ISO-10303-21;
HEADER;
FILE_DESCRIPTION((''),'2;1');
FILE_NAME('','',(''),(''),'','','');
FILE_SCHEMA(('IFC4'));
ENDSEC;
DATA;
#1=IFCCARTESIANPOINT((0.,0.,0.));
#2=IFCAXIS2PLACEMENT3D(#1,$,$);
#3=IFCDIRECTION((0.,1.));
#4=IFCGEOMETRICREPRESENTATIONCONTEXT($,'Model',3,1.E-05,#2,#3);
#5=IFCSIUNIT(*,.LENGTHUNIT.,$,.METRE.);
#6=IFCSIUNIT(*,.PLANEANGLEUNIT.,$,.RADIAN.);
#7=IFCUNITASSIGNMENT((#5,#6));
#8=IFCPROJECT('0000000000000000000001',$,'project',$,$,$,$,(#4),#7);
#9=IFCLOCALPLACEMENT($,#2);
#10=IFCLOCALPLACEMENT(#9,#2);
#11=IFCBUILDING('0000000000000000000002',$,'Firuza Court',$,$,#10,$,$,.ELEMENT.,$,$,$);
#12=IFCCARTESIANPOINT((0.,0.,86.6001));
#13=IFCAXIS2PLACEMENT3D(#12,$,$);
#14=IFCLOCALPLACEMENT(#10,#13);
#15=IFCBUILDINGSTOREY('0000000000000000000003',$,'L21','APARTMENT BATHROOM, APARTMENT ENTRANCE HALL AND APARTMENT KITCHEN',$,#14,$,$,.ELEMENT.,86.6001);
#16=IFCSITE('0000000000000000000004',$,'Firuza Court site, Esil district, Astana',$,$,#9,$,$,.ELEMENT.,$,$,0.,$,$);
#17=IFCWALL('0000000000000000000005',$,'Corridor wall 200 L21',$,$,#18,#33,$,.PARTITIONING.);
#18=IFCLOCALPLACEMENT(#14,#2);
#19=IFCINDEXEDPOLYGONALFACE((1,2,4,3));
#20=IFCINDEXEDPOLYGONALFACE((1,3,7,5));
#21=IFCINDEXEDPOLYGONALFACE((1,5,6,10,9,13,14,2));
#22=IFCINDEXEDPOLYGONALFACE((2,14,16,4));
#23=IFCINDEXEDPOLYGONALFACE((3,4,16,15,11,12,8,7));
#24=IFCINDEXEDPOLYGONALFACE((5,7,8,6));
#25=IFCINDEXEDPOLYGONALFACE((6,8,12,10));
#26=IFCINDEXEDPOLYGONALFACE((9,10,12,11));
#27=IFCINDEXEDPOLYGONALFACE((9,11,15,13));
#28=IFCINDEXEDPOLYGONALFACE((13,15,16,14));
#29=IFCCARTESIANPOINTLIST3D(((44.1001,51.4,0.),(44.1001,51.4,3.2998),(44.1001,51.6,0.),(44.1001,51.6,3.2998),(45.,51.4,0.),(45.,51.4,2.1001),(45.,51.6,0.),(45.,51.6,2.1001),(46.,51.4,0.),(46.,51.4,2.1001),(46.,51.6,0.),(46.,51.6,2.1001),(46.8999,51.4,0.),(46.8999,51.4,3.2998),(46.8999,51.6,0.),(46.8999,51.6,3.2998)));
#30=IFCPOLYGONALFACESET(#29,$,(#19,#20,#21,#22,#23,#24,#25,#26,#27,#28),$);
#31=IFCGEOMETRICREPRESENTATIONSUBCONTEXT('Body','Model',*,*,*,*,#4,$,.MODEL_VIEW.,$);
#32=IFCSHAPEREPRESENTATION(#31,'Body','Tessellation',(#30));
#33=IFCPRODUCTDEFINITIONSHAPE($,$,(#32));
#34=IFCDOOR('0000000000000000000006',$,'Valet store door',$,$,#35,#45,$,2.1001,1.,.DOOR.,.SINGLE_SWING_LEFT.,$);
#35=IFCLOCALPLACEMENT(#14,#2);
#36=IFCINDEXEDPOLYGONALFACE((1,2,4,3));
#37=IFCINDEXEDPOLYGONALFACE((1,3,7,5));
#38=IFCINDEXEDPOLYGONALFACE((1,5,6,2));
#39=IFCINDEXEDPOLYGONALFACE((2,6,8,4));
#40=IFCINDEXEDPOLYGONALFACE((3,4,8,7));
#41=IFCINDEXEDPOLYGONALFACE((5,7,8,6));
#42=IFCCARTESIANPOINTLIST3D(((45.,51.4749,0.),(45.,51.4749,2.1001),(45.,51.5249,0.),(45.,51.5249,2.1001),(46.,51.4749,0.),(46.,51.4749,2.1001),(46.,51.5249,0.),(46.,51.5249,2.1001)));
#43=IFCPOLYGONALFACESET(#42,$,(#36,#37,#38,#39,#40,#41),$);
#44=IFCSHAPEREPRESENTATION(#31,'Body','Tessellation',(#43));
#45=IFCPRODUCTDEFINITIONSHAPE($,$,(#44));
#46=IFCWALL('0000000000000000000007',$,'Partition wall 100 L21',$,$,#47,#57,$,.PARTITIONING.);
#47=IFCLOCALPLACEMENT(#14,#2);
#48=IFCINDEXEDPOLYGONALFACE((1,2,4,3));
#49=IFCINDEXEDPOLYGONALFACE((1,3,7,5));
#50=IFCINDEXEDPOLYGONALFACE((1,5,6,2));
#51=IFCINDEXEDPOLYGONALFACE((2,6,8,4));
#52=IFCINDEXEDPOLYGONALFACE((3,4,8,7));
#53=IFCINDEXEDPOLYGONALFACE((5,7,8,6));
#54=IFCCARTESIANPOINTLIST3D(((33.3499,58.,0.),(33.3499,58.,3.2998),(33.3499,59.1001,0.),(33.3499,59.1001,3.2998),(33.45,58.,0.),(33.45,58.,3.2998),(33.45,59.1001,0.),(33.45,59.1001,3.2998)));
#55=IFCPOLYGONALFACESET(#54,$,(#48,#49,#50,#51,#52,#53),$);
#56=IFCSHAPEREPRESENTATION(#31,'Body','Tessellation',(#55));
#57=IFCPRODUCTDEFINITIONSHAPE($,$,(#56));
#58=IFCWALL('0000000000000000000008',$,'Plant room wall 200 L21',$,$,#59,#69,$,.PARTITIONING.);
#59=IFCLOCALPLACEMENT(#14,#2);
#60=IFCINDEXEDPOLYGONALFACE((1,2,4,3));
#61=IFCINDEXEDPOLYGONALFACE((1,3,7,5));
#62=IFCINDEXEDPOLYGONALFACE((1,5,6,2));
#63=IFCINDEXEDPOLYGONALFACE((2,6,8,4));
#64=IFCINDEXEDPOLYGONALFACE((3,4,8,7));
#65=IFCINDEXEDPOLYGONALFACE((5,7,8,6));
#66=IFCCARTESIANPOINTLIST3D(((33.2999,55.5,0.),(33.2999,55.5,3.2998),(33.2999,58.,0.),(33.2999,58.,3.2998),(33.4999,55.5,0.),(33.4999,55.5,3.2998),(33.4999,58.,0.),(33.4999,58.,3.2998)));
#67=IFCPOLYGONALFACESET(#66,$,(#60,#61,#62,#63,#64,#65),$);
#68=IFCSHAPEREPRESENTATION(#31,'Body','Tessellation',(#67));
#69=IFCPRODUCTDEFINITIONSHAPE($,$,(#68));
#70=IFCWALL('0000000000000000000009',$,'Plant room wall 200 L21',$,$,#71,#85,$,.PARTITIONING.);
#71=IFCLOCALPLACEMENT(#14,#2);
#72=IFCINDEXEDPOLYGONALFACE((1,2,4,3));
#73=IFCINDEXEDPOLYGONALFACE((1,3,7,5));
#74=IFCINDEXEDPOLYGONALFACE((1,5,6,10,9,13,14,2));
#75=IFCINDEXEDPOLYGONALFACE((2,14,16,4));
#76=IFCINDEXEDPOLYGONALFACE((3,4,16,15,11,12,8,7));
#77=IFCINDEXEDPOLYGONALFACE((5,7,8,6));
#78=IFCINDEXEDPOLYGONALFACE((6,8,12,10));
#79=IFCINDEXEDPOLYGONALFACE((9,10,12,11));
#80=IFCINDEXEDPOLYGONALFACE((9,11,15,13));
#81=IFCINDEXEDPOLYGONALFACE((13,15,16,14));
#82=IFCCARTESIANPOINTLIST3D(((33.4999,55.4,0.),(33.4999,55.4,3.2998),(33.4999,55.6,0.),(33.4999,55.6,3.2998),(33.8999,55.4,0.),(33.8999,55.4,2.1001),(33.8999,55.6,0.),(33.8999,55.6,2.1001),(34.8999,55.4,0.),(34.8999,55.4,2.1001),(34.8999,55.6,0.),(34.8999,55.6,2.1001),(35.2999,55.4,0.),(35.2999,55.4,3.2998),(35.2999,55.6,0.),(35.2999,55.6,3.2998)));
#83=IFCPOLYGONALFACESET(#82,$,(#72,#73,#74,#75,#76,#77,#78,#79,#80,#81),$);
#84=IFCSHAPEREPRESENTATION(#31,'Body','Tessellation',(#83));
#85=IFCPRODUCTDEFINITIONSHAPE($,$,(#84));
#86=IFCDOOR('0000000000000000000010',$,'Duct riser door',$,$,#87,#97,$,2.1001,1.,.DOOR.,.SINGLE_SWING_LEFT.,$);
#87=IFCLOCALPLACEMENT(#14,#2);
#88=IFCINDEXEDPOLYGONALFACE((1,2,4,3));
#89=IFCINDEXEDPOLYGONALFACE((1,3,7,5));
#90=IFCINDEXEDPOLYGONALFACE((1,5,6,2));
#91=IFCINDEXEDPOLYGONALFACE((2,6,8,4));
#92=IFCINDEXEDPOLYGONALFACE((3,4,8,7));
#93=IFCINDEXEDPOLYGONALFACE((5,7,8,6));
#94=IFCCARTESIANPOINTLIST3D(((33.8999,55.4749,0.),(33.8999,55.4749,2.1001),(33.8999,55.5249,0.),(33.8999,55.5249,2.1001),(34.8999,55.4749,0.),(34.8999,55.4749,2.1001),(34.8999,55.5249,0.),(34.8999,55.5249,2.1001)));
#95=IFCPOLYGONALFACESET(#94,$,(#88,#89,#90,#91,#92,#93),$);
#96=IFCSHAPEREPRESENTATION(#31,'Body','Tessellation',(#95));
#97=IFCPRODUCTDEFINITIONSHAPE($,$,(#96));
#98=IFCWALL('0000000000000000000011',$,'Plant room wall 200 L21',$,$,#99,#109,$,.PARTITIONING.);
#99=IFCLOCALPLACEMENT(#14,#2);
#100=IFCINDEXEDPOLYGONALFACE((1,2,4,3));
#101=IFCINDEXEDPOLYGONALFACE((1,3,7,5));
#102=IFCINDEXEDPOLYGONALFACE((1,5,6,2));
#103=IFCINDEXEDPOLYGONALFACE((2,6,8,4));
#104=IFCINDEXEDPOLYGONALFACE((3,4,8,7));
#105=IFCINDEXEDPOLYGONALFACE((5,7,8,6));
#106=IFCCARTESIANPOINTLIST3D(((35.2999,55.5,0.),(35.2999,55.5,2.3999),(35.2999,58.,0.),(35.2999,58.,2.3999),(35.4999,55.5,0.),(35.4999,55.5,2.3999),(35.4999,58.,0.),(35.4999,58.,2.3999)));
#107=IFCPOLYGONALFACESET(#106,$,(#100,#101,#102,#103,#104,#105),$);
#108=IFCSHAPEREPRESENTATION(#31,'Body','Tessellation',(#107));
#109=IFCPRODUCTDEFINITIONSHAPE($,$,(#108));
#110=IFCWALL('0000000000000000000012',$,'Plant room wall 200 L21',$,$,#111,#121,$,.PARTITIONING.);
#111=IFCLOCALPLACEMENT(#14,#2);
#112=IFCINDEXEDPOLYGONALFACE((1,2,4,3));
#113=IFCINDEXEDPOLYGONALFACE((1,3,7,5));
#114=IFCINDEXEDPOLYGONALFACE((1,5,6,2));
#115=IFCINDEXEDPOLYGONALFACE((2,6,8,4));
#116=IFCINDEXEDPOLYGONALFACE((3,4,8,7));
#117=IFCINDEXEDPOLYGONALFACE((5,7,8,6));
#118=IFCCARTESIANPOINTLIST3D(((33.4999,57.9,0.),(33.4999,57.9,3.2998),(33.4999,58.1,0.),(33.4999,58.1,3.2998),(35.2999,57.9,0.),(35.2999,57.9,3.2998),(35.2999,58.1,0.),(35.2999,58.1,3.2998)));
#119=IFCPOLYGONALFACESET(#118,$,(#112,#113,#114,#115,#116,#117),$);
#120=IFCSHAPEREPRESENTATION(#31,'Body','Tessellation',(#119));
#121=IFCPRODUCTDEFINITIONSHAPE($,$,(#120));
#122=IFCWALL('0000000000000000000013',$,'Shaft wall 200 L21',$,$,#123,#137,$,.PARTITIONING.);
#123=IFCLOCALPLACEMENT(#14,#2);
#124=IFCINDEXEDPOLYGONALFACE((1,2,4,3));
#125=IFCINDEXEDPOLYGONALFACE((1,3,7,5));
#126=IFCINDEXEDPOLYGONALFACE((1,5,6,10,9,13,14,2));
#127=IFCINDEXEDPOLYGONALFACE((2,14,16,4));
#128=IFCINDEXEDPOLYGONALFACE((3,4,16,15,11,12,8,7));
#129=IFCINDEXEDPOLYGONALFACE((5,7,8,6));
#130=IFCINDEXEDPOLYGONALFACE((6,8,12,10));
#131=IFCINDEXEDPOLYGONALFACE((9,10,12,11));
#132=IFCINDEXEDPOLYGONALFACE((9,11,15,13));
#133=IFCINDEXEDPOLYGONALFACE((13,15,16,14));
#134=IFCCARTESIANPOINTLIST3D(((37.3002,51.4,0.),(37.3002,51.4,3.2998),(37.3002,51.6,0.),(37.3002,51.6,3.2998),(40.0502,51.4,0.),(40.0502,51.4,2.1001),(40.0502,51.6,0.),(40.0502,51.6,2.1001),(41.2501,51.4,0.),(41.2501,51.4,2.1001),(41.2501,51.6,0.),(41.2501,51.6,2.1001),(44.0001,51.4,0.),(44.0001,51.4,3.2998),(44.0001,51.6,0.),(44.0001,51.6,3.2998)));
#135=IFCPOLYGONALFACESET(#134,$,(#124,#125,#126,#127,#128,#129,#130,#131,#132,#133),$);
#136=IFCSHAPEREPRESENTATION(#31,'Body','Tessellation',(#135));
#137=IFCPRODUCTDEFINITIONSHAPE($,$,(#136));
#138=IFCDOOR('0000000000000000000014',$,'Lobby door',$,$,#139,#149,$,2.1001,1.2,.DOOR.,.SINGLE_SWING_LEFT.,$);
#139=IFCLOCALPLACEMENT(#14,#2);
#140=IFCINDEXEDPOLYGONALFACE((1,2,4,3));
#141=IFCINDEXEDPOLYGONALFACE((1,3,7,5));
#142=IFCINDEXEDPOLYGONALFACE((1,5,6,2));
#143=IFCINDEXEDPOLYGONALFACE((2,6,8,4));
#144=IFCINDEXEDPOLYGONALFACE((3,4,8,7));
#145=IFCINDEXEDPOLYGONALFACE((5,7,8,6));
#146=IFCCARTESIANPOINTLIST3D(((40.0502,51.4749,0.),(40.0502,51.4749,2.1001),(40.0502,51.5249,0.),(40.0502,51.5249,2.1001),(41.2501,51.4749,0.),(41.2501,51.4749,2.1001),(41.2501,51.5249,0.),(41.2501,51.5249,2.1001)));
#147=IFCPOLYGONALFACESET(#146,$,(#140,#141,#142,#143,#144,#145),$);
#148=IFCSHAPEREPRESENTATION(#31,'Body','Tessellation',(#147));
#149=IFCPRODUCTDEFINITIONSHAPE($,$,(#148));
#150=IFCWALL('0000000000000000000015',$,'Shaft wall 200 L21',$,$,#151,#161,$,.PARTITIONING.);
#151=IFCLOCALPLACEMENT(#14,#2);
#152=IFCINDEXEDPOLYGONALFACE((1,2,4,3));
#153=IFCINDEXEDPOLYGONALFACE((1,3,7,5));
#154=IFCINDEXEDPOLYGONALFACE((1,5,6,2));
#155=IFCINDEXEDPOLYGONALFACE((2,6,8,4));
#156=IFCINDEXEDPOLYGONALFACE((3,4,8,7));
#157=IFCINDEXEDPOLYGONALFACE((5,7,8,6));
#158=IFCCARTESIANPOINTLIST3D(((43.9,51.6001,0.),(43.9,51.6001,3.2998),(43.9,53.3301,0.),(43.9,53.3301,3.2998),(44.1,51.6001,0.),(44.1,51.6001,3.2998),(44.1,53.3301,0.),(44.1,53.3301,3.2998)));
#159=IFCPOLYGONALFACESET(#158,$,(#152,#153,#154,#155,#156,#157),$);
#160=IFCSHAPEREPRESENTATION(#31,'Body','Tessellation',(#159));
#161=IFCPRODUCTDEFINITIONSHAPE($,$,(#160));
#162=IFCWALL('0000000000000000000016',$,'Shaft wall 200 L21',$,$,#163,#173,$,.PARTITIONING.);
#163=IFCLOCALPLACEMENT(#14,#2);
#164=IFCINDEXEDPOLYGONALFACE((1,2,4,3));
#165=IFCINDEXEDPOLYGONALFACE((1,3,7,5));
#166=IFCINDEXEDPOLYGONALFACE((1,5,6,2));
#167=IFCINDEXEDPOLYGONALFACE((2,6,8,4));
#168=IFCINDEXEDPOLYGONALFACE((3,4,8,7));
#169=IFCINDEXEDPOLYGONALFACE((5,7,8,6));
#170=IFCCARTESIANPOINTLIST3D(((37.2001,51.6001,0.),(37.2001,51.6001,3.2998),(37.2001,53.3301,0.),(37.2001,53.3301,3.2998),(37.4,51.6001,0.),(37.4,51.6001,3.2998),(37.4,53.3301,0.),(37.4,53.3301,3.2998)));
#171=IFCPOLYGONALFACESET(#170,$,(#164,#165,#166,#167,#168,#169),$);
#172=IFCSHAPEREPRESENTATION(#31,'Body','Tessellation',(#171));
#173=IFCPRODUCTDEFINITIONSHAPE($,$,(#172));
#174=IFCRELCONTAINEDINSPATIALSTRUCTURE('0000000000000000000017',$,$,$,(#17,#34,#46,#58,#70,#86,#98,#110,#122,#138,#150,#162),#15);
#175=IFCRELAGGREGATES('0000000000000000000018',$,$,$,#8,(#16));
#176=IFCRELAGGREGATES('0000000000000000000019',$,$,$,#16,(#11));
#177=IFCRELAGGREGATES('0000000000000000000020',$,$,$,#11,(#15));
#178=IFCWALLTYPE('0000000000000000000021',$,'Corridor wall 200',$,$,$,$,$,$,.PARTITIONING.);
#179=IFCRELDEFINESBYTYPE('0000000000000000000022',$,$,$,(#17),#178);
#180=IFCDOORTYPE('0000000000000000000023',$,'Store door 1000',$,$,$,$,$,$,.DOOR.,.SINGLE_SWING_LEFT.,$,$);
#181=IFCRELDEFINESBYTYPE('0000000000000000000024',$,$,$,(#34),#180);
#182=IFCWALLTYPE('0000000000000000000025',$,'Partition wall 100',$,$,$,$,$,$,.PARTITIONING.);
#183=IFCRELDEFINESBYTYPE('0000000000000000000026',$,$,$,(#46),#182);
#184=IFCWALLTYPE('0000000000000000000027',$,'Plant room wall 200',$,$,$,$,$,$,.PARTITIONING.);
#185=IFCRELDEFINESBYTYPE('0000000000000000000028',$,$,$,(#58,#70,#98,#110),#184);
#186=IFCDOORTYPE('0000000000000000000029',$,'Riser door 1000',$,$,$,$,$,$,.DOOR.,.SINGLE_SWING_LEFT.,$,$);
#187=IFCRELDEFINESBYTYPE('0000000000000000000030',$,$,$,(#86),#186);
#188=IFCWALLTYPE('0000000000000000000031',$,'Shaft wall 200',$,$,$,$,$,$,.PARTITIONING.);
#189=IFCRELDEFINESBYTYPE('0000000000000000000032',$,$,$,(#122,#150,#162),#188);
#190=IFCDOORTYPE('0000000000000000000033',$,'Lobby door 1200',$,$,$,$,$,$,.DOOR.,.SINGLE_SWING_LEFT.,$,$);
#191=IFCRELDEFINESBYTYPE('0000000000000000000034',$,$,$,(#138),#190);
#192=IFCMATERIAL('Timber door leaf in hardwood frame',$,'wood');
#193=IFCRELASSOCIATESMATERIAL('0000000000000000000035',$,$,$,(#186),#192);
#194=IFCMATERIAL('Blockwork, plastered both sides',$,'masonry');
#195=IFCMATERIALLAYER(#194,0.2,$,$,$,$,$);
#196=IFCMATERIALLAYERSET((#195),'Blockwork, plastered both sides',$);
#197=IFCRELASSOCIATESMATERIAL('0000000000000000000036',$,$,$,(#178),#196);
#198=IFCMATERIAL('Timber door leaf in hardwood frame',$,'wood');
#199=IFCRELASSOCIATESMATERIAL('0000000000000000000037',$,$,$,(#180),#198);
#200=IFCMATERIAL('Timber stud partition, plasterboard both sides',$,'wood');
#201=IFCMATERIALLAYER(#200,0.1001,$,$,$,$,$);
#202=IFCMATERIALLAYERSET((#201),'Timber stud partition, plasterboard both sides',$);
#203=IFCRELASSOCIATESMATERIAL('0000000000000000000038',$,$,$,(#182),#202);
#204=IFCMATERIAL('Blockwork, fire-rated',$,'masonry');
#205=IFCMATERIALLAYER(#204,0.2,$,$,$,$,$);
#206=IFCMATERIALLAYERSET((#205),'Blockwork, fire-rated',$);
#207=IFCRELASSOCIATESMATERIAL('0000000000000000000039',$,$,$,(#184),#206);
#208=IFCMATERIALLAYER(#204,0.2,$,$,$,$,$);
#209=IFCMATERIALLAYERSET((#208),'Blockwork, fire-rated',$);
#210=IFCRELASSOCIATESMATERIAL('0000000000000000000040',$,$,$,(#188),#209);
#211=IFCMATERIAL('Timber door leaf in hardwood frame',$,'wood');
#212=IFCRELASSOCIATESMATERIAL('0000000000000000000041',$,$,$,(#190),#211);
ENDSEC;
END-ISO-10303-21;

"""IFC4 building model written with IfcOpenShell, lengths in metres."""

from ifc_helpers import new_model, si_unit, direction, frame, frame_2d, origin, place, context, subcontext, project, spatial, rectangle, extrude, material, layer, layer_set, type_object, element, fill, save


model = new_model("IFC4")

# Units and contexts
model_context = context("Model", 3, precision=1e-05, world=origin(), true_north=direction((0.0, 1.0)))
body_context = subcontext(model_context, "Body", "Model", "MODEL_VIEW")
ifc_project = project(units=[si_unit("LENGTHUNIT", "METRE"), si_unit("PLANEANGLEUNIT", "RADIAN")], contexts=[model_context])

# Site, building, storey
site_placement = place(None, origin())
site = spatial("IfcSite", under=ifc_project, at=site_placement, Name="Firuza Court site, Esil district, Astana", CompositionType="ELEMENT", RefElevation=0.0)
building_placement = place(site_placement, origin())
building = spatial("IfcBuilding", under=site, at=building_placement, Name="Firuza Court", CompositionType="ELEMENT")
storey_placement = place(building_placement, frame((0.0, 0.0, 86.6001)))
storey = spatial("IfcBuildingStorey", under=building, at=storey_placement, Name="L21", Description="APARTMENT BATHROOM, APARTMENT ENTRANCE HALL AND APARTMENT KITCHEN", CompositionType="ELEMENT", Elevation=86.6001)

# Wall, opening, door
ifc_material_1 = material(Name="Timber door leaf in hardwood frame", Category="wood")
door_type_1 = type_object("IfcDoorType", Name="Riser door 1000", OperationType="SINGLE_SWING_LEFT", PredefinedType="DOOR", material=ifc_material_1)
ifc_material_2 = material(Name="Blockwork, plastered both sides", Category="masonry")
ifc_layer_1 = layer(ifc_material_2, 0.2)
ifc_layer_set_1 = layer_set([ifc_layer_1], Name="Blockwork, plastered both sides")
wall_type_1 = type_object("IfcWallType", Name="Corridor wall 200", PredefinedType="PARTITIONING", material=ifc_layer_set_1)
wall_1_placement = place(storey_placement, frame((44.1001, 51.5, 0.0), z_axis=(0.0, 0.0, 1.0), x_axis=(1.0, 0.0, 0.0)))
wall_1 = element("IfcWall", 1, at=wall_1_placement, inside=storey, type_object=wall_type_1, Name="Corridor wall 200 L21", PredefinedType="PARTITIONING", context=body_context, shape_type="SweptSolid", body=[
    extrude(rectangle(XDim=2.7998, YDim=0.2, at=frame_2d((1.3999, 0.0))), origin(), (0.0, 0.0, 1.0), 3.2998),
])
opening_1_placement = place(wall_1_placement, frame((0.8999, 0.0, 0.0)))
opening_1 = element("IfcOpeningElement", 2, at=opening_1_placement, cuts=wall_1, PredefinedType="OPENING", context=body_context, shape_type="SweptSolid", body=[
    extrude(rectangle(XDim=1.0, YDim=2.1001, at=frame_2d((0.5, 1.05))), frame((0.0, 0.1118, 0.0), z_axis=(0.0, -1.0, 0.0), x_axis=(1.0, 0.0, 0.0)), (0.0, 0.0, 1.0), 0.2239),
])
ifc_material_3 = material(Name="Timber door leaf in hardwood frame", Category="wood")
door_type_2 = type_object("IfcDoorType", Name="Store door 1000", OperationType="SINGLE_SWING_LEFT", PredefinedType="DOOR", material=ifc_material_3)
door_1_placement = place(opening_1_placement, origin())
door_1 = element("IfcDoor", 3, at=door_1_placement, inside=storey, type_object=door_type_2, Name="Valet store door", OperationType="SINGLE_SWING_LEFT", OverallHeight=2.1001, OverallWidth=1.0, PredefinedType="DOOR", context=body_context, shape_type="SweptSolid", body=[
    extrude(rectangle(XDim=1.0, YDim=2.1001, at=frame_2d((0.5, 1.05))), frame((0.0, 0.0249, 0.0), z_axis=(0.0, -1.0, 0.0), x_axis=(1.0, 0.0, 0.0)), (0.0, 0.0, 1.0), 0.05),
])
fill(opening_1, door_1)

# Walls
ifc_material_4 = material(Name="Timber stud partition, plasterboard both sides", Category="wood")
ifc_layer_2 = layer(ifc_material_4, 0.1001)
ifc_layer_set_2 = layer_set([ifc_layer_2], Name="Timber stud partition, plasterboard both sides")
wall_type_2 = type_object("IfcWallType", Name="Partition wall 100", PredefinedType="PARTITIONING", material=ifc_layer_set_2)
wall_2_placement = place(storey_placement, frame((33.3999, 58.0, 0.0), z_axis=(0.0, 0.0, 1.0), x_axis=(0.0, 1.0, 0.0)))
element("IfcWall", 4, at=wall_2_placement, inside=storey, type_object=wall_type_2, Name="Partition wall 100 L21", PredefinedType="PARTITIONING", context=body_context, shape_type="SweptSolid", body=[
    extrude(rectangle(XDim=1.1001, YDim=0.1001, at=frame_2d((0.55, 0.0))), origin(), (0.0, 0.0, 1.0), 3.2998),
])
ifc_material_5 = material(Name="Blockwork, fire-rated", Category="masonry")
ifc_layer_3 = layer(ifc_material_5, 0.2)
ifc_layer_set_3 = layer_set([ifc_layer_3], Name="Blockwork, fire-rated")
wall_type_3 = type_object("IfcWallType", Name="Plant room wall 200", PredefinedType="PARTITIONING", material=ifc_layer_set_3)
wall_3_placement = place(storey_placement, frame((33.3999, 55.5, 0.0), z_axis=(0.0, 0.0, 1.0), x_axis=(0.0, 1.0, 0.0)))
element("IfcWall", 5, at=wall_3_placement, inside=storey, type_object=wall_type_3, Name="Plant room wall 200 L21", PredefinedType="PARTITIONING", context=body_context, shape_type="SweptSolid", body=[
    extrude(rectangle(XDim=2.5, YDim=0.2, at=frame_2d((1.25, 0.0))), origin(), (0.0, 0.0, 1.0), 3.2998),
])

# Wall, opening, door
wall_4_placement = place(storey_placement, frame((33.5, 55.5, 0.0), z_axis=(0.0, 0.0, 1.0), x_axis=(1.0, 0.0, 0.0)))
wall_4 = element("IfcWall", 6, at=wall_4_placement, inside=storey, type_object=wall_type_3, Name="Plant room wall 200 L21", PredefinedType="PARTITIONING", context=body_context, shape_type="SweptSolid", body=[
    extrude(rectangle(XDim=1.8, YDim=0.2, at=frame_2d((0.8999, 0.0))), origin(), (0.0, 0.0, 1.0), 3.2998),
])
opening_2_placement = place(wall_4_placement, frame((0.3999, 0.0, 0.0)))
opening_2 = element("IfcOpeningElement", 7, at=opening_2_placement, cuts=wall_4, PredefinedType="OPENING", context=body_context, shape_type="SweptSolid", body=[
    extrude(rectangle(XDim=1.0, YDim=2.1001, at=frame_2d((0.5, 1.05))), frame((0.0, 0.1118, 0.0), z_axis=(0.0, -1.0, 0.0), x_axis=(1.0, 0.0, 0.0)), (0.0, 0.0, 1.0), 0.2239),
])
door_2_placement = place(opening_2_placement, origin())
door_2 = element("IfcDoor", 8, at=door_2_placement, inside=storey, type_object=door_type_1, Name="Duct riser door", OperationType="SINGLE_SWING_LEFT", OverallHeight=2.1001, OverallWidth=1.0, PredefinedType="DOOR", context=body_context, shape_type="SweptSolid", body=[
    extrude(rectangle(XDim=1.0, YDim=2.1001, at=frame_2d((0.5, 1.05))), frame((0.0, 0.0249, 0.0), z_axis=(0.0, -1.0, 0.0), x_axis=(1.0, 0.0, 0.0)), (0.0, 0.0, 1.0), 0.05),
])
fill(opening_2, door_2)

# Walls
wall_5_placement = place(storey_placement, frame((35.3999, 55.5, 0.0), z_axis=(0.0, 0.0, 1.0), x_axis=(0.0, 1.0, 0.0)))
element("IfcWall", 9, at=wall_5_placement, inside=storey, type_object=wall_type_3, Name="Plant room wall 200 L21", PredefinedType="PARTITIONING", context=body_context, shape_type="SweptSolid", body=[
    extrude(rectangle(XDim=2.5, YDim=0.2, at=frame_2d((1.25, 0.0))), origin(), (0.0, 0.0, 1.0), 2.3999),
])
wall_6_placement = place(storey_placement, frame((33.5, 58.0, 0.0), z_axis=(0.0, 0.0, 1.0), x_axis=(1.0, 0.0, 0.0)))
element("IfcWall", 10, at=wall_6_placement, inside=storey, type_object=wall_type_3, Name="Plant room wall 200 L21", PredefinedType="PARTITIONING", context=body_context, shape_type="SweptSolid", body=[
    extrude(rectangle(XDim=1.8, YDim=0.2, at=frame_2d((0.8999, 0.0))), origin(), (0.0, 0.0, 1.0), 3.2998),
])

# Wall, opening, door
ifc_layer_4 = layer(ifc_material_5, 0.2)
ifc_layer_set_4 = layer_set([ifc_layer_4], Name="Blockwork, fire-rated")
wall_type_4 = type_object("IfcWallType", Name="Shaft wall 200", PredefinedType="PARTITIONING", material=ifc_layer_set_4)
wall_7_placement = place(storey_placement, frame((37.3, 51.5, 0.0), z_axis=(0.0, 0.0, 1.0), x_axis=(1.0, 0.0, 0.0)))
wall_7 = element("IfcWall", 11, at=wall_7_placement, inside=storey, type_object=wall_type_4, Name="Shaft wall 200 L21", PredefinedType="PARTITIONING", context=body_context, shape_type="SweptSolid", body=[
    extrude(rectangle(XDim=6.7, YDim=0.2, at=frame_2d((3.3501, 0.0))), origin(), (0.0, 0.0, 1.0), 3.2998),
])
opening_3_placement = place(wall_7_placement, frame((2.75, 0.0, 0.0)))
opening_3 = element("IfcOpeningElement", 12, at=opening_3_placement, cuts=wall_7, PredefinedType="OPENING", context=body_context, shape_type="SweptSolid", body=[
    extrude(rectangle(XDim=1.2, YDim=2.1001, at=frame_2d((0.6001, 1.05))), frame((0.0, 0.1118, 0.0), z_axis=(0.0, -1.0, 0.0), x_axis=(1.0, 0.0, 0.0)), (0.0, 0.0, 1.0), 0.2239),
])
ifc_material_6 = material(Name="Timber door leaf in hardwood frame", Category="wood")
door_type_3 = type_object("IfcDoorType", Name="Lobby door 1200", OperationType="SINGLE_SWING_LEFT", PredefinedType="DOOR", material=ifc_material_6)
door_3_placement = place(opening_3_placement, origin())
door_3 = element("IfcDoor", 13, at=door_3_placement, inside=storey, type_object=door_type_3, Name="Lobby door", OperationType="SINGLE_SWING_LEFT", OverallHeight=2.1001, OverallWidth=1.2, PredefinedType="DOOR", context=body_context, shape_type="SweptSolid", body=[
    extrude(rectangle(XDim=1.2, YDim=2.1001, at=frame_2d((0.6001, 1.05))), frame((0.0, 0.0249, 0.0), z_axis=(0.0, -1.0, 0.0), x_axis=(1.0, 0.0, 0.0)), (0.0, 0.0, 1.0), 0.05),
])
fill(opening_3, door_3)

# Walls
for number, where, z_axis, x_axis, name in (
    (14, (44.0, 51.6001, 0.0), (0.0, 0.0, 1.0), (0.0, 1.0, 0.0), "Shaft wall 200 L21"),
    (15, (37.3, 51.6001, 0.0), (0.0, 0.0, 1.0), (0.0, 1.0, 0.0), "Shaft wall 200 L21"),
):
    element("IfcWall", number, at=place(storey_placement, frame(where, z_axis=z_axis, x_axis=x_axis)), inside=storey, type_object=wall_type_4, Name=name, PredefinedType="PARTITIONING", context=body_context, shape_type="SweptSolid", body=[
        extrude(rectangle(XDim=1.73, YDim=0.2, at=frame_2d((0.865, 0.0))), origin(), (0.0, 0.0, 1.0), 3.2998),
    ])

save(model, "model.ifc")
